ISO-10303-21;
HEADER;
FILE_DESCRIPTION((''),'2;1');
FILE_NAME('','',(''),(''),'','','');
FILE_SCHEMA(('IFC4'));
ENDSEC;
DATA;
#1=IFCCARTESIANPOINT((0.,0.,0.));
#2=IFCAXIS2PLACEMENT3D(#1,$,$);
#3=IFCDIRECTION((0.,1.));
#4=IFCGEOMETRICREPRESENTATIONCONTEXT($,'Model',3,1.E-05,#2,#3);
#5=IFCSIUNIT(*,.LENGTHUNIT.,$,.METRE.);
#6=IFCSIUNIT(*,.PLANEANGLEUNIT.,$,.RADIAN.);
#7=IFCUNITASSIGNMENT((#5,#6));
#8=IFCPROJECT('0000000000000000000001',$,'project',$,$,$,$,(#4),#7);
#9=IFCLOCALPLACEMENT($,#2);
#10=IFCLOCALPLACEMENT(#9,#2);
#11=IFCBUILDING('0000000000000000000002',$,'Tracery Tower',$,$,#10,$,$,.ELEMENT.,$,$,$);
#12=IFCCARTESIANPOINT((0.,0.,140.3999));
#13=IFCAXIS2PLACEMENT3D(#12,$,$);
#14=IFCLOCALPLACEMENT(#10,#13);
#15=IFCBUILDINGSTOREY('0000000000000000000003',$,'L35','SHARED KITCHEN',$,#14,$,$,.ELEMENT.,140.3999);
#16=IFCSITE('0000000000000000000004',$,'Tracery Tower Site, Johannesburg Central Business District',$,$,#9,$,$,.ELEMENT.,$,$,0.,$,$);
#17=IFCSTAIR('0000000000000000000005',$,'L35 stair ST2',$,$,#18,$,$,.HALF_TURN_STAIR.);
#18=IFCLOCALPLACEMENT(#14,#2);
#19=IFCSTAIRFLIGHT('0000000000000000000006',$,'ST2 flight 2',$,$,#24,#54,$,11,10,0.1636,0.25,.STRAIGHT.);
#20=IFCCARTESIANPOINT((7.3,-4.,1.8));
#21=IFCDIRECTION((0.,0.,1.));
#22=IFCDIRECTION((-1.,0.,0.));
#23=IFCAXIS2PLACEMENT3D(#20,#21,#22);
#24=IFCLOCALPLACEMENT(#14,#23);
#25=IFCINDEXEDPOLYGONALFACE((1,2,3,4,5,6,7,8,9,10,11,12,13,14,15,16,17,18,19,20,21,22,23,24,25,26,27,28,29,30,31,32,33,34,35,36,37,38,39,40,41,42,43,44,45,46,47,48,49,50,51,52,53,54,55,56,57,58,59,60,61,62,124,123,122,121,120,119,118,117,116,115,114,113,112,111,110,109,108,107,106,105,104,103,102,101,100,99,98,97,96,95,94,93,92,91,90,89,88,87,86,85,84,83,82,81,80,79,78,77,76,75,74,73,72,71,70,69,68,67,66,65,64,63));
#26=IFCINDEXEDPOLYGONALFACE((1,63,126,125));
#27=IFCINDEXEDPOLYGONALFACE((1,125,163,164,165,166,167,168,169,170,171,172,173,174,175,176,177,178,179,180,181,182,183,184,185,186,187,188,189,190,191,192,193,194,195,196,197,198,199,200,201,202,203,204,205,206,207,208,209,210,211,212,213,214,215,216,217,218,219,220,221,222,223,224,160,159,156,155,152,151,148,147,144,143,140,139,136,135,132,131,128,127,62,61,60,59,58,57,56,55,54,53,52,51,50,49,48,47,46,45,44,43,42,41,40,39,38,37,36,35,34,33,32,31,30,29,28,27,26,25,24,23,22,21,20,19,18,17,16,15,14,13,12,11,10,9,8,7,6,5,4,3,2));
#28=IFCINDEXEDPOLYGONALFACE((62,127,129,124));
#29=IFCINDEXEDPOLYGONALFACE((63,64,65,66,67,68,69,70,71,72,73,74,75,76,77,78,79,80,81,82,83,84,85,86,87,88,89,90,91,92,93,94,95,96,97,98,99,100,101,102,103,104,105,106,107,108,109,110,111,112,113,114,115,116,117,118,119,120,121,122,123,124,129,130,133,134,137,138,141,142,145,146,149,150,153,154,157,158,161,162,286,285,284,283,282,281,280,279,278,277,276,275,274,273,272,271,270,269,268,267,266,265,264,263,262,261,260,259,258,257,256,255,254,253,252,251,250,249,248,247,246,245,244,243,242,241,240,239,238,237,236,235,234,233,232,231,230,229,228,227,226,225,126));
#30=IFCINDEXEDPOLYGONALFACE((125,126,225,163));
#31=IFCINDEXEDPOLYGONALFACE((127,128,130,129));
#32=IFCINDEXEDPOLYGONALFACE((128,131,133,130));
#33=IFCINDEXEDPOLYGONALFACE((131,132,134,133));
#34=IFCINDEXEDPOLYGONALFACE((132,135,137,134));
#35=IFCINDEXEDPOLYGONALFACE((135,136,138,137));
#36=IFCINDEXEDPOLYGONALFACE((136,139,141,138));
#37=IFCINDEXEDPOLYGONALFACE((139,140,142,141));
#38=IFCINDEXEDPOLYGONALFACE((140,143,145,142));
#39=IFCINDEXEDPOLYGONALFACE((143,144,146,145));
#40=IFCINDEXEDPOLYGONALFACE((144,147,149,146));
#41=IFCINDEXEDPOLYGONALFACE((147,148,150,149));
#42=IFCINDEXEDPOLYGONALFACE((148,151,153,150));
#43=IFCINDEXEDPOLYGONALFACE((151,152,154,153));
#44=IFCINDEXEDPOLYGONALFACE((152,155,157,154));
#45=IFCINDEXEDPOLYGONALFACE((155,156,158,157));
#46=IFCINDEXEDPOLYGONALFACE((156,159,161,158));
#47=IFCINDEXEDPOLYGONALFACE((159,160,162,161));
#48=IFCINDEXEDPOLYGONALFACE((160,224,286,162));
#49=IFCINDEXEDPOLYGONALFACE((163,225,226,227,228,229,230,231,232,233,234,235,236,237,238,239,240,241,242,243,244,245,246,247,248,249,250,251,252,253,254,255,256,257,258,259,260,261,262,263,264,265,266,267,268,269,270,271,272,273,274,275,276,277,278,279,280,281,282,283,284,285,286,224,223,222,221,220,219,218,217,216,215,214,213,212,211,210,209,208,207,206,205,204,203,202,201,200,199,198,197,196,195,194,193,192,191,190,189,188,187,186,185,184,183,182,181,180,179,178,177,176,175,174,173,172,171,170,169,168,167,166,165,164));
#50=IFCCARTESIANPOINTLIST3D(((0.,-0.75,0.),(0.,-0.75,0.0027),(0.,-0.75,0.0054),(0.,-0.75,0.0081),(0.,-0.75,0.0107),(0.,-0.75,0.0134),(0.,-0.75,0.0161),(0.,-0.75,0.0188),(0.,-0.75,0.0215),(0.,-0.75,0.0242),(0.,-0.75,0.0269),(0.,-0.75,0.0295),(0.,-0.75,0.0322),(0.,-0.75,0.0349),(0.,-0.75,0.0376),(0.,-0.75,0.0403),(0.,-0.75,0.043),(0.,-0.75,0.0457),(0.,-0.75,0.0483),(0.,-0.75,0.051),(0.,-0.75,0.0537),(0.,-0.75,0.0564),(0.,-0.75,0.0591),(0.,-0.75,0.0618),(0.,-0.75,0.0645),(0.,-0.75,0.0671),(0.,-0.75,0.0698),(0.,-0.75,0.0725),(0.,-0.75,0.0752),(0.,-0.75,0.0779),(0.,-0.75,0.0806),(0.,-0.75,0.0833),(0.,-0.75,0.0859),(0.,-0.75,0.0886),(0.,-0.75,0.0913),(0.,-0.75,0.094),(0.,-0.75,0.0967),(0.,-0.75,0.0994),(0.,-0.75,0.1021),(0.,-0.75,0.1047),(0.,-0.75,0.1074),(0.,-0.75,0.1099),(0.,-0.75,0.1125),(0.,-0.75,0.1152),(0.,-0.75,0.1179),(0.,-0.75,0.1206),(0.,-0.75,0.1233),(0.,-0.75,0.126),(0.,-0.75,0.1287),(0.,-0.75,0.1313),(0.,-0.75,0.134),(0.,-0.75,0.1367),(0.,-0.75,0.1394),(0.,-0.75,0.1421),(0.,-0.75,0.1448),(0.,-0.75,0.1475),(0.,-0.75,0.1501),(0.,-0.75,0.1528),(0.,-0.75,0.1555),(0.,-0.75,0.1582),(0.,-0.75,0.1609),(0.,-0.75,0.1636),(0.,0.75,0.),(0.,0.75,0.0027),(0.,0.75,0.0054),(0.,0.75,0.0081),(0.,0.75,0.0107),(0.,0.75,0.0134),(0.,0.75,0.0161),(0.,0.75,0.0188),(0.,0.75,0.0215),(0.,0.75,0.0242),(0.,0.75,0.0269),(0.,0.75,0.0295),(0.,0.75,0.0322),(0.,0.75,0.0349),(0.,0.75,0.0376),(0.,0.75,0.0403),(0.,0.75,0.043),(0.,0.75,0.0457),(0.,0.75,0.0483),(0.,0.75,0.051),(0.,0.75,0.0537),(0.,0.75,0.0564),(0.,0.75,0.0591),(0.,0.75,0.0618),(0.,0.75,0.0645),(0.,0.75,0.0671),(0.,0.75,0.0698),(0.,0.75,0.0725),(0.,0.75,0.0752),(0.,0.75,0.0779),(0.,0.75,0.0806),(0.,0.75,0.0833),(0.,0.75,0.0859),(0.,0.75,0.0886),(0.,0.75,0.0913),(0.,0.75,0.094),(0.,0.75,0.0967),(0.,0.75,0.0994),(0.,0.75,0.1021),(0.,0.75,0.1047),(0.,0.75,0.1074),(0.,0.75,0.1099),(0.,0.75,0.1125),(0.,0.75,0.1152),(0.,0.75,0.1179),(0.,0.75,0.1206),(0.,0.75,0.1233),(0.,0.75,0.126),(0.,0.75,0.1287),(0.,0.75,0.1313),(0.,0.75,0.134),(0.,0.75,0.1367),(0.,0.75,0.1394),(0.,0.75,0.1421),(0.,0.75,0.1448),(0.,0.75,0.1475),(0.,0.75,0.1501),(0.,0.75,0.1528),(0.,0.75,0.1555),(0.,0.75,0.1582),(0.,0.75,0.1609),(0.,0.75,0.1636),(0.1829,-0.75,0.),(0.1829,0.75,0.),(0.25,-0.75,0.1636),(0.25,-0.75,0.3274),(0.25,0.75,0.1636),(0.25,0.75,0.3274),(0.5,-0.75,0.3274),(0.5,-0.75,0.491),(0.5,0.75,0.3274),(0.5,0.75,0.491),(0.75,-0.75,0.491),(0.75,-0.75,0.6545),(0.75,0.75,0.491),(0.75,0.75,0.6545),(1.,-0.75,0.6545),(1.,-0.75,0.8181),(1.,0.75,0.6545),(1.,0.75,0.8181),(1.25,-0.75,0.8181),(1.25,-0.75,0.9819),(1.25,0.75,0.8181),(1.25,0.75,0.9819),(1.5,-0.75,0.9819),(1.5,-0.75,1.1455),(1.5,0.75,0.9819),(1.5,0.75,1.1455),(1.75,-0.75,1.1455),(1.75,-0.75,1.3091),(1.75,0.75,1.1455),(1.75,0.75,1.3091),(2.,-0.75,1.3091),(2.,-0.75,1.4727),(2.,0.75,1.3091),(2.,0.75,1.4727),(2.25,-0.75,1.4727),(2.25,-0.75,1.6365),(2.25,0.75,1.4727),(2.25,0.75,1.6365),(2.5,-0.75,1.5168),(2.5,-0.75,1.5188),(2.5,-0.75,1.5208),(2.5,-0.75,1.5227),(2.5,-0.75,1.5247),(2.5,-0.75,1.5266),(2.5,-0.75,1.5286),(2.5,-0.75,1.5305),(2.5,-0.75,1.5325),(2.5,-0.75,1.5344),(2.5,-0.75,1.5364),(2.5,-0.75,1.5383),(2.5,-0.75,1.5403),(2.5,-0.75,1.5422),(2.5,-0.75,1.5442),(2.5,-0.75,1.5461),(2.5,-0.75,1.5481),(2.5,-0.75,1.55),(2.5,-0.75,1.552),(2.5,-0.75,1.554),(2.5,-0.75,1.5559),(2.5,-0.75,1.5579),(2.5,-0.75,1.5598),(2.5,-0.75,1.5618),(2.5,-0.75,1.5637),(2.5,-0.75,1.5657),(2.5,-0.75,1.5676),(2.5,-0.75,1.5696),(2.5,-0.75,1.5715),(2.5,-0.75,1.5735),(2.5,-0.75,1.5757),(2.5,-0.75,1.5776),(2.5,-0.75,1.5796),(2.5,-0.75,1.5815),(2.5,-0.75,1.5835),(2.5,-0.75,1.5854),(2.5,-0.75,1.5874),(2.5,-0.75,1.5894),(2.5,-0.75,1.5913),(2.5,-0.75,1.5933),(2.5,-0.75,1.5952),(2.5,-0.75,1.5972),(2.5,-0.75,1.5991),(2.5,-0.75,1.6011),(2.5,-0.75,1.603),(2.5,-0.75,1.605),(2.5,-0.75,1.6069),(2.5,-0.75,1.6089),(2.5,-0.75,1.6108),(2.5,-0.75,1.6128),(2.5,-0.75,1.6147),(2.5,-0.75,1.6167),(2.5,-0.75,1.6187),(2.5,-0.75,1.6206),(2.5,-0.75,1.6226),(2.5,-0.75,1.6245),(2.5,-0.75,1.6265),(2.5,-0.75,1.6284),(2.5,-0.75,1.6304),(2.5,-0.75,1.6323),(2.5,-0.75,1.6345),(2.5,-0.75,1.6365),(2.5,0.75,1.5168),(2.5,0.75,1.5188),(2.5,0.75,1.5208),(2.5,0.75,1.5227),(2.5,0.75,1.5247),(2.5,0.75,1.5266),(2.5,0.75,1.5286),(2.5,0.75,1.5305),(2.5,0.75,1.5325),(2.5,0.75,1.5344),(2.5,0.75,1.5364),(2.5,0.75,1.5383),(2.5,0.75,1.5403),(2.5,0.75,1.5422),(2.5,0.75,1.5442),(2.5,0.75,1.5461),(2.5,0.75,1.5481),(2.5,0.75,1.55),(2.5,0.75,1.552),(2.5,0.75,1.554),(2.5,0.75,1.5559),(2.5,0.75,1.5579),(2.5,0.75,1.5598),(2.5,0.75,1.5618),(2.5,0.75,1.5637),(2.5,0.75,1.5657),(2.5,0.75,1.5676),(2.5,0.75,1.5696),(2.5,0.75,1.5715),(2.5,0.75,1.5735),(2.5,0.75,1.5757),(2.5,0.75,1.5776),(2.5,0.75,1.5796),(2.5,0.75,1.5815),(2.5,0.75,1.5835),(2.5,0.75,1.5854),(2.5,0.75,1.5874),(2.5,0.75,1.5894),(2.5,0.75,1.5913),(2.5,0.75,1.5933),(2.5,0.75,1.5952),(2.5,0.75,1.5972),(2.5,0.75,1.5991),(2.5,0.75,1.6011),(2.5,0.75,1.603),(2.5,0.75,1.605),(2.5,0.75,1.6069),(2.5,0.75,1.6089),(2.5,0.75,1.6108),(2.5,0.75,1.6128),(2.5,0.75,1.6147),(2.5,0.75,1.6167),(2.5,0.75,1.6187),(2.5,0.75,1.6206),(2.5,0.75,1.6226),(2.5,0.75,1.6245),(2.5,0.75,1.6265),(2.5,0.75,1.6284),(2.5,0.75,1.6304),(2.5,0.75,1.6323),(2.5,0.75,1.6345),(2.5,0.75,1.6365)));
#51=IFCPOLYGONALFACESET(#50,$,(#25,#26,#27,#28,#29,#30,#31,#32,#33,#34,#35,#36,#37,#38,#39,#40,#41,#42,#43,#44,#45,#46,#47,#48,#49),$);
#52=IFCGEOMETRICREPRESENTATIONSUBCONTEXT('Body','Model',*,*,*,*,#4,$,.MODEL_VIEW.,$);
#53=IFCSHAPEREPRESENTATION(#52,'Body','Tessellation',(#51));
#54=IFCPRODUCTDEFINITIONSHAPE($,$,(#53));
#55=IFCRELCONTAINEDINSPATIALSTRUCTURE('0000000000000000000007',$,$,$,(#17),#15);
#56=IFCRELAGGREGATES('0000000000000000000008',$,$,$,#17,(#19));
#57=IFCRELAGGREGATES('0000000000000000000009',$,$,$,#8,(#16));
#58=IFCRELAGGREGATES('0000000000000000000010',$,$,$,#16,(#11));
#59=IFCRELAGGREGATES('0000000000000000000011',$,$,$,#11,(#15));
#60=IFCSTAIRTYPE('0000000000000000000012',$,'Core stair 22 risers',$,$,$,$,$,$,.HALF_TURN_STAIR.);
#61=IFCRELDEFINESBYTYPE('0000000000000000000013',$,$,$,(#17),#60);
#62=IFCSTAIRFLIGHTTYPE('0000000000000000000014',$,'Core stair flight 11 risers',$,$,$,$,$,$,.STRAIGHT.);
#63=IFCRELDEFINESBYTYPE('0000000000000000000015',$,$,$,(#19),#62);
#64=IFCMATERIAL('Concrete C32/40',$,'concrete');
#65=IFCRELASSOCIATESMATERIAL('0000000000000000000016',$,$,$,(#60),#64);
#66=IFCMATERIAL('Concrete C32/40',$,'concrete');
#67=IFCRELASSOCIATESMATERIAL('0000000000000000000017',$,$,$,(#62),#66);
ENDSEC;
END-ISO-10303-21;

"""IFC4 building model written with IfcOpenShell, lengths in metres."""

from ifc_helpers import new_model, si_unit, direction, frame, origin, place, context, subcontext, project, spatial, polyline, outline, extrude, material, type_object, element, aggregate, save


model = new_model("IFC4")

# Units and contexts
model_context = context("Model", 3, precision=1e-05, world=origin(), true_north=direction((0.0, 1.0)))
body_context = subcontext(model_context, "Body", "Model", "MODEL_VIEW")
ifc_project = project(units=[si_unit("LENGTHUNIT", "METRE"), si_unit("PLANEANGLEUNIT", "RADIAN")], contexts=[model_context])

# Site, building, storey
site_placement = place(None, origin())
site = spatial("IfcSite", under=ifc_project, at=site_placement, Name="Tracery Tower Site, Johannesburg Central Business District", CompositionType="ELEMENT", RefElevation=0.0)
building_placement = place(site_placement, origin())
building = spatial("IfcBuilding", under=site, at=building_placement, Name="Tracery Tower", CompositionType="ELEMENT")
storey_placement = place(building_placement, frame((0.0, 0.0, 140.3999)))
storey = spatial("IfcBuildingStorey", under=building, at=storey_placement, Name="L35", Description="SHARED KITCHEN", CompositionType="ELEMENT", Elevation=140.3999)

# Stair, stair flight
ifc_material_1 = material(Name="Concrete C32/40", Category="concrete")
stair_type = type_object("IfcStairType", Name="Core stair 22 risers", PredefinedType="HALF_TURN_STAIR", material=ifc_material_1)
stair_placement = place(storey_placement, origin())
stair = element("IfcStair", 1, at=stair_placement, inside=storey, type_object=stair_type, Name="L35 stair ST2", PredefinedType="HALF_TURN_STAIR")
ifc_material_2 = material(Name="Concrete C32/40", Category="concrete")
stair_flight_type = type_object("IfcStairFlightType", Name="Core stair flight 11 risers", PredefinedType="STRAIGHT", material=ifc_material_2)
stair_flight_1_placement = place(storey_placement, frame((7.3, -4.0, 1.8), z_axis=(0.0, 0.0, 1.0), x_axis=(-1.0, 0.0, 0.0)))
stair_flight_1 = element("IfcStairFlight", 2, at=stair_flight_1_placement, type_object=stair_flight_type, Name="ST2 flight 2", NumberOfRisers=11, NumberOfTreads=10, PredefinedType="STRAIGHT", RiserHeight=0.1636, TreadLength=0.25, context=body_context, shape_type="SweptSolid", body=[
    extrude(outline(polyline([(0.0, 0.0), (0.0, 0.0027), (0.0, 0.0054), (0.0, 0.0081), (0.0, 0.0107), (0.0, 0.0134), (0.0, 0.0161), (0.0, 0.0188), (0.0, 0.0215), (0.0, 0.0242), (0.0, 0.0269), (0.0, 0.0295), (0.0, 0.0322), (0.0, 0.0349), (0.0, 0.0376), (0.0, 0.0403), (0.0, 0.043), (0.0, 0.0457), (0.0, 0.0483), (0.0, 0.051), (0.0, 0.0537), (0.0, 0.0564), (0.0, 0.0591), (0.0, 0.0618), (0.0, 0.0645), (0.0, 0.0671), (0.0, 0.0698), (0.0, 0.0725), (0.0, 0.0752), (0.0, 0.0779), (0.0, 0.0806), (0.0, 0.0833), (0.0, 0.0859), (0.0, 0.0886), (0.0, 0.0913), (0.0, 0.094), (0.0, 0.0967), (0.0, 0.0994), (0.0, 0.1021), (0.0, 0.1047), (0.0, 0.1074), (0.0, 0.1099), (0.0, 0.1125), (0.0, 0.1152), (0.0, 0.1179), (0.0, 0.1206), (0.0, 0.1233), (0.0, 0.126), (0.0, 0.1287), (0.0, 0.1313), (0.0, 0.134), (0.0, 0.1367), (0.0, 0.1394), (0.0, 0.1421), (0.0, 0.1448), (0.0, 0.1475), (0.0, 0.1501), (0.0, 0.1528), (0.0, 0.1555), (0.0, 0.1582), (0.0, 0.1609), (0.0, 0.1636), (0.25, 0.1636), (0.25, 0.3274), (0.5, 0.3274), (0.5, 0.491), (0.75, 0.491), (0.75, 0.6545), (1.0, 0.6545), (1.0, 0.8181), (1.25, 0.8181), (1.25, 0.9819), (1.5, 0.9819), (1.5, 1.1455), (1.75, 1.1455), (1.75, 1.3091), (2.0, 1.3091), (2.0, 1.4727), (2.25, 1.4727), (2.25, 1.6365), (2.5, 1.6365), (2.5, 1.6345), (2.5, 1.6323), (2.5, 1.6304), (2.5, 1.6284), (2.5, 1.6265), (2.5, 1.6245), (2.5, 1.6226), (2.5, 1.6206), (2.5, 1.6187), (2.5, 1.6167), (2.5, 1.6147), (2.5, 1.6128), (2.5, 1.6108), (2.5, 1.6089), (2.5, 1.6069), (2.5, 1.605), (2.5, 1.603), (2.5, 1.6011), (2.5, 1.5991), (2.5, 1.5972), (2.5, 1.5952), (2.5, 1.5933), (2.5, 1.5913), (2.5, 1.5894), (2.5, 1.5874), (2.5, 1.5854), (2.5, 1.5835), (2.5, 1.5815), (2.5, 1.5796), (2.5, 1.5776), (2.5, 1.5757), (2.5, 1.5735), (2.5, 1.5715), (2.5, 1.5696), (2.5, 1.5676), (2.5, 1.5657), (2.5, 1.5637), (2.5, 1.5618), (2.5, 1.5598), (2.5, 1.5579), (2.5, 1.5559), (2.5, 1.554), (2.5, 1.552), (2.5, 1.55), (2.5, 1.5481), (2.5, 1.5461), (2.5, 1.5442), (2.5, 1.5422), (2.5, 1.5403), (2.5, 1.5383), (2.5, 1.5364), (2.5, 1.5344), (2.5, 1.5325), (2.5, 1.5305), (2.5, 1.5286), (2.5, 1.5266), (2.5, 1.5247), (2.5, 1.5227), (2.5, 1.5208), (2.5, 1.5188), (2.5, 1.5168), (0.1829, 0.0), (0.0, 0.0)])), frame((0.0, 0.75, 0.0), z_axis=(0.0, -1.0, 0.0), x_axis=(1.0, 0.0, 0.0)), (0.0, 0.0, 1.0), 1.5),
])
aggregate(stair, [stair_flight_1])

save(model, "model.ifc")
